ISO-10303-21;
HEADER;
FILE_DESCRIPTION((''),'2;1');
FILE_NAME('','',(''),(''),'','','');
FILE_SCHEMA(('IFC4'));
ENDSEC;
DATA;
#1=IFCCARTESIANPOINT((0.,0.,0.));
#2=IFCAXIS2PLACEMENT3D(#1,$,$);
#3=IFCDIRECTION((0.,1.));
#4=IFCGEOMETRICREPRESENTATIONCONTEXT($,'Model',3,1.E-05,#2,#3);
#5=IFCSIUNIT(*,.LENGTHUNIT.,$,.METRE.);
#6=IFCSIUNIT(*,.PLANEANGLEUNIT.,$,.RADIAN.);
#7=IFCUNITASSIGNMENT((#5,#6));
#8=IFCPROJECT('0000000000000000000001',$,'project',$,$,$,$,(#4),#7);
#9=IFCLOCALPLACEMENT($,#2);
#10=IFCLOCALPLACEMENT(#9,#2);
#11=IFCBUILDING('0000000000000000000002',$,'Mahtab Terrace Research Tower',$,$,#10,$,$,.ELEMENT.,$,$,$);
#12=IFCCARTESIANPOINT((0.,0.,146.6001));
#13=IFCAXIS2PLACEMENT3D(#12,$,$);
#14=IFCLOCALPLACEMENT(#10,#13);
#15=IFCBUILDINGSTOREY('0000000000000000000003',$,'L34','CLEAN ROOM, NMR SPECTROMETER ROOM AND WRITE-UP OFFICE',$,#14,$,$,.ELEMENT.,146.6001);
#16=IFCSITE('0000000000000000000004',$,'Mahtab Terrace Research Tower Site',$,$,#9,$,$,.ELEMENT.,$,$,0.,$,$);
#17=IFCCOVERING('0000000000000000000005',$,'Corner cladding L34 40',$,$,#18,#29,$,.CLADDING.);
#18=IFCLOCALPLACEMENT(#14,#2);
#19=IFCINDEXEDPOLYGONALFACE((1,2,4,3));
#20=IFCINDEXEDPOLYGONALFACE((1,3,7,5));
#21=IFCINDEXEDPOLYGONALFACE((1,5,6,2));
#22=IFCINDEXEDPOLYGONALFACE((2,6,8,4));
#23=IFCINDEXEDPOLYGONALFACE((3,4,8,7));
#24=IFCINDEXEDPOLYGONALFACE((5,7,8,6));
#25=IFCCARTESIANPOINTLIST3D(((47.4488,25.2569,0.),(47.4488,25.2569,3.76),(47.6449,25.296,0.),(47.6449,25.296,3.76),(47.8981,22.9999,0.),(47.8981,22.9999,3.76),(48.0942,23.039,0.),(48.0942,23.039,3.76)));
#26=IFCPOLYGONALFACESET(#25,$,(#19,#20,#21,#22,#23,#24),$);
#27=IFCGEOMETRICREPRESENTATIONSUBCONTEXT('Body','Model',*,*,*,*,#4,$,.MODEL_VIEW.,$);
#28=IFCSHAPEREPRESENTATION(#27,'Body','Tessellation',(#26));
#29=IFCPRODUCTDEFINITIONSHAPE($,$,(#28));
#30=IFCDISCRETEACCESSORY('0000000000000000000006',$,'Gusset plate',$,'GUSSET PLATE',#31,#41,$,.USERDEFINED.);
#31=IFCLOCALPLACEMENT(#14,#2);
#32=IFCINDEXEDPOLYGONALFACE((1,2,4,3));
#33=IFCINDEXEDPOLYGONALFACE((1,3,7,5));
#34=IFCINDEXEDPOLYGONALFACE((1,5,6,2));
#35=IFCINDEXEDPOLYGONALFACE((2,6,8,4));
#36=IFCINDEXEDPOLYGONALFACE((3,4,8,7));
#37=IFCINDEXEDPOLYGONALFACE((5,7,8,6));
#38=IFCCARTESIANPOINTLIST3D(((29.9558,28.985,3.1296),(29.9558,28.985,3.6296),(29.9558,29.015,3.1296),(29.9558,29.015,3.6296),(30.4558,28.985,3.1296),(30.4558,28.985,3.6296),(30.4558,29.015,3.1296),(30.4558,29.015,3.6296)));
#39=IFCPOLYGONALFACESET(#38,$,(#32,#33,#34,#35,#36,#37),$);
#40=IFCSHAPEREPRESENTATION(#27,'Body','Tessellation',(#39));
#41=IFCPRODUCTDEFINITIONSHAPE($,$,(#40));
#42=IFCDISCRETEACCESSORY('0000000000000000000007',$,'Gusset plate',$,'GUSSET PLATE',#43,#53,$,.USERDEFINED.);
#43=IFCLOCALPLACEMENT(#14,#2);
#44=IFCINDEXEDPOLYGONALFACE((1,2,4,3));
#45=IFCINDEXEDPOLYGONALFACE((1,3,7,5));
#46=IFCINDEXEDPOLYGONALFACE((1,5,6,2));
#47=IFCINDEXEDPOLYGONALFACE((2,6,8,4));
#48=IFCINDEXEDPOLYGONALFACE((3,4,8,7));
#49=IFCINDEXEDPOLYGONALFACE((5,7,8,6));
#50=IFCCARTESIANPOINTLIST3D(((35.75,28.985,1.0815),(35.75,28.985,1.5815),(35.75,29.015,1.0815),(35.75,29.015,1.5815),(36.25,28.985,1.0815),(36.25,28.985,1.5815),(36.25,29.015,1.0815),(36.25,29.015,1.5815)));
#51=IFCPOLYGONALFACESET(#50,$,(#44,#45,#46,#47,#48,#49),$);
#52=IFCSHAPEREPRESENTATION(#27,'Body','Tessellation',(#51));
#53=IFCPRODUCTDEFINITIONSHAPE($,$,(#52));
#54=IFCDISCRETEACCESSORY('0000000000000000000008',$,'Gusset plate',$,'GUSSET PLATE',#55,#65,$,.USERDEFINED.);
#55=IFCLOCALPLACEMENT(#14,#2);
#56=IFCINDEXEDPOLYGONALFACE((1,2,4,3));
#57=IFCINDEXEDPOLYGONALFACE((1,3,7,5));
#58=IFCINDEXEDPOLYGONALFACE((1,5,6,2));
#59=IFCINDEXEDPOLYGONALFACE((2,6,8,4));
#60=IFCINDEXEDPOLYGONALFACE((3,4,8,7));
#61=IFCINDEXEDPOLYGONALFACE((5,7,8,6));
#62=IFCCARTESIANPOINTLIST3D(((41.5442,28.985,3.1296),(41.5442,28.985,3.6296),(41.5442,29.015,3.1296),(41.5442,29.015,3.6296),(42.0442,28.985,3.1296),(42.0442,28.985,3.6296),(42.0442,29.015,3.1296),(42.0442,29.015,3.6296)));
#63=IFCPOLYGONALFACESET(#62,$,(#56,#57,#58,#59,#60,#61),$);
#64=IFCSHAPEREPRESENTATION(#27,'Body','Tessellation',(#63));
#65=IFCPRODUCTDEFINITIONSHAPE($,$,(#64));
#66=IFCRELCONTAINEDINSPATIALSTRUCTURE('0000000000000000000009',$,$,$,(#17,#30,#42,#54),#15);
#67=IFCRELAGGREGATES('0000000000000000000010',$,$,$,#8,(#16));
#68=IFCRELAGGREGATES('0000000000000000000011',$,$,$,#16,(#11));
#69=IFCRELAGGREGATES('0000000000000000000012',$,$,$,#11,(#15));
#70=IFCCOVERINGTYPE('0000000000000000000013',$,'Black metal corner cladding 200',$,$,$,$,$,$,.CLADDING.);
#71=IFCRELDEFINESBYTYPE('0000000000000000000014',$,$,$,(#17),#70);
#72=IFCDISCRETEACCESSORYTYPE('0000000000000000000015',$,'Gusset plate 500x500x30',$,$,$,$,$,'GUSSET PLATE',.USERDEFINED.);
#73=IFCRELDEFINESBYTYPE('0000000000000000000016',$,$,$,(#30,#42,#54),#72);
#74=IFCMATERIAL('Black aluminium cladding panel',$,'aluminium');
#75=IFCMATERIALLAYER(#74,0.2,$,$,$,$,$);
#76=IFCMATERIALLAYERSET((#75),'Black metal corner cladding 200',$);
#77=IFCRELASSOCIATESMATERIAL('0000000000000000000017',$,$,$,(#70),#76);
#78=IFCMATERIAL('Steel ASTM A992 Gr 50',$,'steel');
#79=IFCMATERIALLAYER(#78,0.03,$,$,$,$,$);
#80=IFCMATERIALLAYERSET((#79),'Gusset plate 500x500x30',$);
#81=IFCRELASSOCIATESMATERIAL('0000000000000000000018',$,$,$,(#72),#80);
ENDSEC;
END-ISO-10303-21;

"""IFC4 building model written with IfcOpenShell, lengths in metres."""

from ifc_helpers import new_model, si_unit, direction, frame, origin, origin_2d, place, context, subcontext, project, spatial, rectangle, extrude, material, layer, layer_set, type_object, element, save


model = new_model("IFC4")

# Units and contexts
model_context = context("Model", 3, precision=1e-05, world=origin(), true_north=direction((0.0, 1.0)))
body_context = subcontext(model_context, "Body", "Model", "MODEL_VIEW")
ifc_project = project(units=[si_unit("LENGTHUNIT", "METRE"), si_unit("PLANEANGLEUNIT", "RADIAN")], contexts=[model_context])

# Site, building, storey
site_placement = place(None, origin())
site = spatial("IfcSite", under=ifc_project, at=site_placement, Name="Mahtab Terrace Research Tower Site", CompositionType="ELEMENT", RefElevation=0.0)
building_placement = place(site_placement, origin())
building = spatial("IfcBuilding", under=site, at=building_placement, Name="Mahtab Terrace Research Tower", CompositionType="ELEMENT")
storey_placement = place(building_placement, frame((0.0, 0.0, 146.6001)))
storey = spatial("IfcBuildingStorey", under=building, at=storey_placement, Name="L34", Description="CLEAN ROOM, NMR SPECTROMETER ROOM AND WRITE-UP OFFICE", CompositionType="ELEMENT", Elevation=146.6001)

# Shared definitions
ifc_material_1 = material(Name="Steel ASTM A992 Gr 50", Category="steel")

# Shared definitions
ifc_material_2 = material(Name="Black aluminium cladding panel", Category="aluminium")

# Covering
ifc_layer_1 = layer(ifc_material_2, 0.2)
ifc_layer_set_1 = layer_set([ifc_layer_1], Name="Black metal corner cladding 200")
covering_type = type_object("IfcCoveringType", Name="Black metal corner cladding 200", PredefinedType="CLADDING", material=ifc_layer_set_1)
covering_1_placement = place(storey_placement, frame((47.7715, 24.1479, 0.0), z_axis=(0.0, 0.0, 1.0), x_axis=(-0.195212, 0.980761, 0.0)))
element("IfcCovering", 1, at=covering_1_placement, inside=storey, type_object=covering_type, Name="Corner cladding L34 40", PredefinedType="CLADDING", context=body_context, shape_type="SweptSolid", body=[
    extrude(rectangle(XDim=2.3013, YDim=0.2, at=origin_2d()), origin(), (0.0, 0.0, 1.0), 3.76),
])

# Discrete accessories
ifc_layer_2 = layer(ifc_material_1, 0.03)
ifc_layer_set_2 = layer_set([ifc_layer_2], Name="Gusset plate 500x500x30")
discrete_accessory_type = type_object("IfcDiscreteAccessoryType", Name="Gusset plate 500x500x30", ElementType="GUSSET PLATE", PredefinedType="USERDEFINED", material=ifc_layer_set_2)
for number, where, z_axis, x_axis, name in (
    (2, (30.2058, 29.0, 3.1296), (0.0, 0.0, 1.0), (1.0, 0.0, 0.0), "Gusset plate"),
    (3, (36.0, 29.0, 1.0815), (0.0, 0.0, 1.0), (1.0, 0.0, 0.0), "Gusset plate"),
    (4, (41.7942, 29.0, 3.1296), (0.0, 0.0, 1.0), (1.0, 0.0, 0.0), "Gusset plate"),
):
    element("IfcDiscreteAccessory", number, at=place(storey_placement, frame(where, z_axis=z_axis, x_axis=x_axis)), inside=storey, type_object=discrete_accessory_type, Name=name, ObjectType="GUSSET PLATE", PredefinedType="USERDEFINED", context=body_context, shape_type="SweptSolid", body=[
        extrude(rectangle(XDim=0.5, YDim=0.03, at=origin_2d()), origin(), (0.0, 0.0, 1.0), 0.5),
    ])

save(model, "model.ifc")
